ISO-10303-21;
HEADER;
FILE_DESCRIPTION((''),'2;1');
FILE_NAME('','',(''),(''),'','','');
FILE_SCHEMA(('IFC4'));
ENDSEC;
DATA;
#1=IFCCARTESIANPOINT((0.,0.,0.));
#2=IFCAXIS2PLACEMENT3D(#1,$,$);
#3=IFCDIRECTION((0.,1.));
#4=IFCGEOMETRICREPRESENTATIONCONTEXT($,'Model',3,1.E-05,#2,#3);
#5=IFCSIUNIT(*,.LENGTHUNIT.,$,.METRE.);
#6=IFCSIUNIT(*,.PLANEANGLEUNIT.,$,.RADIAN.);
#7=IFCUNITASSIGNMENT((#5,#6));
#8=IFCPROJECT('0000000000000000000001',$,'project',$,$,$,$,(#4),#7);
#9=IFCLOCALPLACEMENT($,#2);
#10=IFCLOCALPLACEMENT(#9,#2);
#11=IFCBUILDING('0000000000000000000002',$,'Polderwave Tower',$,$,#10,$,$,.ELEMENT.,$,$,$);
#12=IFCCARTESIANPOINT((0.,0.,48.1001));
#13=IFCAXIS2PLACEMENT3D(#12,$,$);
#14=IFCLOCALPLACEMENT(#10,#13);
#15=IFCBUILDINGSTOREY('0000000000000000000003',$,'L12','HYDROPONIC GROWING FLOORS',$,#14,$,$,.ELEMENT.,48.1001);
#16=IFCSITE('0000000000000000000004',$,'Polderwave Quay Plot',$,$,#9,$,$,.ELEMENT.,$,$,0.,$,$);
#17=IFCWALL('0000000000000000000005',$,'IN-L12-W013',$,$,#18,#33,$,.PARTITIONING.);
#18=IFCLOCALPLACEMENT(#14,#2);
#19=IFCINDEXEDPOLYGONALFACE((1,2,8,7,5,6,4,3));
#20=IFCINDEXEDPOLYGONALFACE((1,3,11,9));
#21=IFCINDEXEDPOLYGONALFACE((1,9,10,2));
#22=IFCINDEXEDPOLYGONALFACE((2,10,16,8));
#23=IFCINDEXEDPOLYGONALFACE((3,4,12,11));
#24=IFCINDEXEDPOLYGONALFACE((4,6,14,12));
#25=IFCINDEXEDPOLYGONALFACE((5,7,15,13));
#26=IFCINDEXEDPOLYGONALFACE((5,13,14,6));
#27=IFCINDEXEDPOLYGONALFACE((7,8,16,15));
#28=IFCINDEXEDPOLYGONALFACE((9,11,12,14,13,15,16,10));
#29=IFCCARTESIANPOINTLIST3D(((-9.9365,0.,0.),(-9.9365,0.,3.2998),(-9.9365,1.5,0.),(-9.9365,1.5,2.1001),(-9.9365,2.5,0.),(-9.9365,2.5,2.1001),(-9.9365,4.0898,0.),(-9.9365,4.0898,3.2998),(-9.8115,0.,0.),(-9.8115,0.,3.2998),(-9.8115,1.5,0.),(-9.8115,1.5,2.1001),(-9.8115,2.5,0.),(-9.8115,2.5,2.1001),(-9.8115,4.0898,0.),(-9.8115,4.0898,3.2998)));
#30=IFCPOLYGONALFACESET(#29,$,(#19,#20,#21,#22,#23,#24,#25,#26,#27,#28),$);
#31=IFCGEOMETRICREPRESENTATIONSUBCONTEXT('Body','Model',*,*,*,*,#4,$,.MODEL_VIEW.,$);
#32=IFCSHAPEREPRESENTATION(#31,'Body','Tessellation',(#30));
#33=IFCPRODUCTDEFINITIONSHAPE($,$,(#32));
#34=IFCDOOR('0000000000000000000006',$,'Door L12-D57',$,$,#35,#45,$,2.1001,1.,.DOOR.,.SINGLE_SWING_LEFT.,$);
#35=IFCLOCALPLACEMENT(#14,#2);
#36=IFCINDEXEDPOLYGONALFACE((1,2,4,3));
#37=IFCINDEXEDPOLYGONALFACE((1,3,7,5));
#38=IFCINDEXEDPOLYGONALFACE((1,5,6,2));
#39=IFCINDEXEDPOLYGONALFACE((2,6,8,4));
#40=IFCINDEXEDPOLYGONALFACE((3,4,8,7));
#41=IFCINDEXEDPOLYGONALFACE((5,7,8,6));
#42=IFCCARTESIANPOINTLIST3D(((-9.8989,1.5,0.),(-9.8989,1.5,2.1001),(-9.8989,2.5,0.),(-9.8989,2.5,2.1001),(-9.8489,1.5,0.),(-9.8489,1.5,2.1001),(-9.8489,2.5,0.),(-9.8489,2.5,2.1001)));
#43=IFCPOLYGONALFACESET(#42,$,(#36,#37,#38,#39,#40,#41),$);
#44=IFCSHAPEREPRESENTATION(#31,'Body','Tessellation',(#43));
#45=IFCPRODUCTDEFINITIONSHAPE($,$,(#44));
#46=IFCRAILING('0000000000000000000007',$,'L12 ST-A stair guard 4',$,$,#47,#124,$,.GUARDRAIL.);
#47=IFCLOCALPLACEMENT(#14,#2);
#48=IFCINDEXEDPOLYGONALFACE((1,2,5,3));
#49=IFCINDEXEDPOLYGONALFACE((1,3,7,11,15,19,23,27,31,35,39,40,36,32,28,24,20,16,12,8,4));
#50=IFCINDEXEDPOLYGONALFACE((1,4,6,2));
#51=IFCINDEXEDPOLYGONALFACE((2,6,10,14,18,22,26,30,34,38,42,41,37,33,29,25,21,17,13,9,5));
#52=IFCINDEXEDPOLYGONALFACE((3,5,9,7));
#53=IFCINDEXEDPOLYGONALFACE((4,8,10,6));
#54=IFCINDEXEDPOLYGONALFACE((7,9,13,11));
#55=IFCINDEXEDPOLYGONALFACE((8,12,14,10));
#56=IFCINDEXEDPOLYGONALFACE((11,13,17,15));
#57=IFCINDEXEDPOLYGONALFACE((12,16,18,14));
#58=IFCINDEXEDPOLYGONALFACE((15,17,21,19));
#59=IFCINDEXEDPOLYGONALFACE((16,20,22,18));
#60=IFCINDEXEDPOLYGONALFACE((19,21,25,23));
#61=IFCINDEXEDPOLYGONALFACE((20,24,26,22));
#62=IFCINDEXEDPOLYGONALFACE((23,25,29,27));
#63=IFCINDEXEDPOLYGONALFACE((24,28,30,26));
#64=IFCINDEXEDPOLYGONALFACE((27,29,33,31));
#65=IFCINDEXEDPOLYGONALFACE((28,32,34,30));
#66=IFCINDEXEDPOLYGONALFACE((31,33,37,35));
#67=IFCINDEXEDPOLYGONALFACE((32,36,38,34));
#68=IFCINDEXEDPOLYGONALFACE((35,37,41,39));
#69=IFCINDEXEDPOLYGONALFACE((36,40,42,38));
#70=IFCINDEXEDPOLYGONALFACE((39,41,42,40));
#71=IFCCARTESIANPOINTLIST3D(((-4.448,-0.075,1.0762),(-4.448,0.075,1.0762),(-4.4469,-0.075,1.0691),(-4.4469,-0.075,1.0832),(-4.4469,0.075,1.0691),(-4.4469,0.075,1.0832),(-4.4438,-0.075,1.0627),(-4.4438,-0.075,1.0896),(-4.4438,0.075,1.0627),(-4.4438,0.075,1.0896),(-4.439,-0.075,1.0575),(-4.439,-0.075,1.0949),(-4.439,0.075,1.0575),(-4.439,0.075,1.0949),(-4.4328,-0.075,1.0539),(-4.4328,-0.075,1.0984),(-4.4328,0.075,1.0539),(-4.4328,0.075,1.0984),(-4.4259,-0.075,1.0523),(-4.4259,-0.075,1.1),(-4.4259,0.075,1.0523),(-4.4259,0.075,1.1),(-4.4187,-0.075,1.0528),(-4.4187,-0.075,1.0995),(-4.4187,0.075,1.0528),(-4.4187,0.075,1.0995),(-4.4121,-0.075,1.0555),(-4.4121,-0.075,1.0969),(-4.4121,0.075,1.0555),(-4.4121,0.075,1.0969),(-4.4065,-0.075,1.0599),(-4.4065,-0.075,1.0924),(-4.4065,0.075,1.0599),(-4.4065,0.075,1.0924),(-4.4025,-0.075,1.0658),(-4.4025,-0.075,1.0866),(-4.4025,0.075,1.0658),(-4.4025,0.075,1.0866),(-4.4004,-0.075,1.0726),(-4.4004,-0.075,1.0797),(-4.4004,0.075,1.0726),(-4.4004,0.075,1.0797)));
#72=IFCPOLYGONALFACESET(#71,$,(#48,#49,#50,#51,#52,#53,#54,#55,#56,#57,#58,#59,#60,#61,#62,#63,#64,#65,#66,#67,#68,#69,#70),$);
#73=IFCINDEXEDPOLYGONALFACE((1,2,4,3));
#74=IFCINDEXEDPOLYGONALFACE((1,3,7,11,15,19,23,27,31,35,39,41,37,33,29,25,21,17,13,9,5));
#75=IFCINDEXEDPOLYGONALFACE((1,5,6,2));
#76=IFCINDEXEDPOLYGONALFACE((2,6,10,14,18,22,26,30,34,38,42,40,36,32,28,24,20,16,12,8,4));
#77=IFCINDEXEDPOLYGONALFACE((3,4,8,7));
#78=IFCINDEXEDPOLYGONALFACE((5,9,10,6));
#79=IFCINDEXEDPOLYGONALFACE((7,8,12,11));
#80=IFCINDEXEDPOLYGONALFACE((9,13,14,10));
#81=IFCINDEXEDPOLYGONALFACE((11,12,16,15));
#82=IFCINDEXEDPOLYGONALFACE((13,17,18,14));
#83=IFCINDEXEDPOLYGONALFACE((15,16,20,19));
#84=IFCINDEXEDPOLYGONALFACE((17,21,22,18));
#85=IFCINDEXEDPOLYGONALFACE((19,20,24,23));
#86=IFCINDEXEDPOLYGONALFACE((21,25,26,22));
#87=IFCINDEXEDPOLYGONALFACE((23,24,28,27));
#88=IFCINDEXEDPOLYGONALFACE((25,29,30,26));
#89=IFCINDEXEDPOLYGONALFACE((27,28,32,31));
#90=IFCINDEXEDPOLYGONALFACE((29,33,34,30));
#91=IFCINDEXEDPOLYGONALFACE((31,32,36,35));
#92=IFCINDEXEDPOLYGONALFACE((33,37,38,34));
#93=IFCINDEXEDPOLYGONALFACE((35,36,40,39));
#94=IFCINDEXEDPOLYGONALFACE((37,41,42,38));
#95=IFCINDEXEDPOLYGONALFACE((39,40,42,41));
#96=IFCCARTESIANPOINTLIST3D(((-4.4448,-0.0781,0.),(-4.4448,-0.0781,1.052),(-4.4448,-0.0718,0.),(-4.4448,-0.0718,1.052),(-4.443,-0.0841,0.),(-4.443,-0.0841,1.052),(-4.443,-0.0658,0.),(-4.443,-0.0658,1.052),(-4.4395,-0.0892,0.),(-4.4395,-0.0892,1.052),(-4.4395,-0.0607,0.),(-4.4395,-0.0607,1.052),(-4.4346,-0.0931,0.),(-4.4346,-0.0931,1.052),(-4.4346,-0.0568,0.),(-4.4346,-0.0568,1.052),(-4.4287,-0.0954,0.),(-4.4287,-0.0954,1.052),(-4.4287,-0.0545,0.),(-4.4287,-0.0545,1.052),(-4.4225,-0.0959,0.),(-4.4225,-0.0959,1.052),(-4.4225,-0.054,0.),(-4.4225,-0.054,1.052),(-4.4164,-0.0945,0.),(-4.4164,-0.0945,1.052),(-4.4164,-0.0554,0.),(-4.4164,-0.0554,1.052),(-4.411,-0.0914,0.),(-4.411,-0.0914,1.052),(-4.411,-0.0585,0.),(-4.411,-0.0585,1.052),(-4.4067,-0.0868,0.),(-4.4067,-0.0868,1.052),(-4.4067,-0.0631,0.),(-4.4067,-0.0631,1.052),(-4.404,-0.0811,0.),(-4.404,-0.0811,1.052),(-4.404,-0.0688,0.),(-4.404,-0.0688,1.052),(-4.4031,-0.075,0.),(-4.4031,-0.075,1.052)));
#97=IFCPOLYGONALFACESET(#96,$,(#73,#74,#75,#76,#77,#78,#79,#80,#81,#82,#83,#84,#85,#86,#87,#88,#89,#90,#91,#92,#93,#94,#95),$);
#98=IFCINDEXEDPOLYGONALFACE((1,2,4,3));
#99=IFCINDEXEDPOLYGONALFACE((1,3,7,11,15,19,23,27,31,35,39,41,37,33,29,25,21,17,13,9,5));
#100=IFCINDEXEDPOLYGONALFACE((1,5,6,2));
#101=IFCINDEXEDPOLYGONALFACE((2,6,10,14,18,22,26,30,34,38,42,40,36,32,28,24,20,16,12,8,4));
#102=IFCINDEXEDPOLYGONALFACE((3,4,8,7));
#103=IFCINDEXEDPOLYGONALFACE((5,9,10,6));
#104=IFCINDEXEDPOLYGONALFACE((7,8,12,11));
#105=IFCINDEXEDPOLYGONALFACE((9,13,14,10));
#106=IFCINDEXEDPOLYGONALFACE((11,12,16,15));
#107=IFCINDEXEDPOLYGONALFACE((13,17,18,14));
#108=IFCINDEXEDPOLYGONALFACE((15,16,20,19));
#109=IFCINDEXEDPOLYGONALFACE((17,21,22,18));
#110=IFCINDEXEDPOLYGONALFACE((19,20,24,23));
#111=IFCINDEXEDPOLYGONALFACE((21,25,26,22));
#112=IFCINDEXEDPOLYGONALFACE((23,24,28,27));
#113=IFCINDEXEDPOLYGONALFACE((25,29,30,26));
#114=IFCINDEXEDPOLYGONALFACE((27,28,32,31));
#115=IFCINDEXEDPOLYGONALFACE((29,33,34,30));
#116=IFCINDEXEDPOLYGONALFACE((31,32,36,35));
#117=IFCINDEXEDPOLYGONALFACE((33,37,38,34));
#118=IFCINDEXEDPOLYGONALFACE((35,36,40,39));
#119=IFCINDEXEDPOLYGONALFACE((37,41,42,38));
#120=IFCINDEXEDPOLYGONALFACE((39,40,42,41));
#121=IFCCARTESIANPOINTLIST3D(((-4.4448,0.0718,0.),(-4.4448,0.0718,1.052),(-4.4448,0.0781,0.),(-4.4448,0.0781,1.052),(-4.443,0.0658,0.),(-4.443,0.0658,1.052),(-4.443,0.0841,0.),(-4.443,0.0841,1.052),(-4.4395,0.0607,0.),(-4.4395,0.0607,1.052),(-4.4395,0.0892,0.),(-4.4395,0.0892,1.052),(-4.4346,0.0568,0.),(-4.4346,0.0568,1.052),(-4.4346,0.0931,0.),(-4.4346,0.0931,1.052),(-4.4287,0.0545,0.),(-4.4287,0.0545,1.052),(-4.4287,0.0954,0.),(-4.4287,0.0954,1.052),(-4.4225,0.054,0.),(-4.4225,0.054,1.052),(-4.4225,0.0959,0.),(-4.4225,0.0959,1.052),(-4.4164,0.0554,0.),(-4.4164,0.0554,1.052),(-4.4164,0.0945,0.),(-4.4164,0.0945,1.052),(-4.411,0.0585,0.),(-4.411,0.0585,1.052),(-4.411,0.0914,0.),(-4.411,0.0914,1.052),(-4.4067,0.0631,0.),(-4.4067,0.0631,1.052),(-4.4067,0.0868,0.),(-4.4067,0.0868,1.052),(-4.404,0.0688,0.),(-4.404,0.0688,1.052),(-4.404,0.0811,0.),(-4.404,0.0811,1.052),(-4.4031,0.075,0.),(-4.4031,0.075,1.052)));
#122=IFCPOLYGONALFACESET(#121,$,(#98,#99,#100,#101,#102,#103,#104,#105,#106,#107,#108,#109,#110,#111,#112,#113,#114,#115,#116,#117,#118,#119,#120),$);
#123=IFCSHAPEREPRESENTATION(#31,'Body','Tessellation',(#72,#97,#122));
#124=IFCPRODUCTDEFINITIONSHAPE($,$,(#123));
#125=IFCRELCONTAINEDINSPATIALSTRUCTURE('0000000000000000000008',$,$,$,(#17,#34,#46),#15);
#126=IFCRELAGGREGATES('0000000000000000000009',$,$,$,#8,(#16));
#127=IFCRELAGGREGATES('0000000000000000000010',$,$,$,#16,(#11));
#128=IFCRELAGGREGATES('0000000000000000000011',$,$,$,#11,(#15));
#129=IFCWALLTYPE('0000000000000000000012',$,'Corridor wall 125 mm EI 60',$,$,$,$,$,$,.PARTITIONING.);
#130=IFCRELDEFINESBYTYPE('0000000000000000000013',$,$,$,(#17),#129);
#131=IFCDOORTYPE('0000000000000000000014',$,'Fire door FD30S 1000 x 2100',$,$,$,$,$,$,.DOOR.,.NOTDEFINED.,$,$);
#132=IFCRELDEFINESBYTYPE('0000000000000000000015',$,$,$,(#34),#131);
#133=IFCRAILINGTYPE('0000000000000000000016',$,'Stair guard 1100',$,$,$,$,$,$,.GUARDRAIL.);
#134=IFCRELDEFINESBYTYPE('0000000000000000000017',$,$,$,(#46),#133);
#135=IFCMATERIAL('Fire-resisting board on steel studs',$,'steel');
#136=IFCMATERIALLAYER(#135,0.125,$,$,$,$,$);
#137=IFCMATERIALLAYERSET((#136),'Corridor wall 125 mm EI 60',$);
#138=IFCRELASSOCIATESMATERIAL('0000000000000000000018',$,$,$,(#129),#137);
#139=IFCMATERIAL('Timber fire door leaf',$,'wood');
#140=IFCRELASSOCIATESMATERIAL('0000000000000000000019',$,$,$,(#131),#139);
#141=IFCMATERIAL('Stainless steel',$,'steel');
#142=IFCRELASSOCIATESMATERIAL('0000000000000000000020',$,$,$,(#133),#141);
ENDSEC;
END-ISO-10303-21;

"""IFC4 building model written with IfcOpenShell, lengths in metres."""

from ifc_helpers import new_model, si_unit, direction, frame, frame_2d, origin, origin_2d, place, context, subcontext, project, spatial, rectangle, circle, extrude, material, layer, layer_set, type_object, element, fill, save


model = new_model("IFC4")

# Units and contexts
model_context = context("Model", 3, precision=1e-05, world=origin(), true_north=direction((0.0, 1.0)))
body_context = subcontext(model_context, "Body", "Model", "MODEL_VIEW")
ifc_project = project(units=[si_unit("LENGTHUNIT", "METRE"), si_unit("PLANEANGLEUNIT", "RADIAN")], contexts=[model_context])

# Site, building, storey
site_placement = place(None, origin())
site = spatial("IfcSite", under=ifc_project, at=site_placement, Name="Polderwave Quay Plot", CompositionType="ELEMENT", RefElevation=0.0)
building_placement = place(site_placement, origin())
building = spatial("IfcBuilding", under=site, at=building_placement, Name="Polderwave Tower", CompositionType="ELEMENT")
storey_placement = place(building_placement, frame((0.0, 0.0, 48.1001)))
storey = spatial("IfcBuildingStorey", under=building, at=storey_placement, Name="L12", Description="HYDROPONIC GROWING FLOORS", CompositionType="ELEMENT", Elevation=48.1001)

# Shared definitions
ifc_material_1 = material(Name="Stainless steel", Category="steel")

# Wall, opening, door
ifc_material_2 = material(Name="Fire-resisting board on steel studs", Category="steel")
ifc_layer_1 = layer(ifc_material_2, 0.125)
ifc_layer_set_1 = layer_set([ifc_layer_1], Name="Corridor wall 125 mm EI 60")
wall_type_1 = type_object("IfcWallType", Name="Corridor wall 125 mm EI 60", PredefinedType="PARTITIONING", material=ifc_layer_set_1)
wall_1_placement = place(storey_placement, frame((-9.874, 0.0, 0.0), z_axis=(0.0, 0.0, 1.0), x_axis=(0.0, 1.0, 0.0)))
wall_1 = element("IfcWall", 1, at=wall_1_placement, inside=storey, type_object=wall_type_1, Name="IN-L12-W013", PredefinedType="PARTITIONING", context=body_context, shape_type="SweptSolid", body=[
    extrude(rectangle(XDim=4.0898, YDim=0.125, at=frame_2d((2.0449, 0.0))), origin(), (0.0, 0.0, 1.0), 3.2998),
])
opening_1_placement = place(wall_1_placement, frame((1.5, 0.0, 0.0)))
opening_1 = element("IfcOpeningElement", 2, at=opening_1_placement, cuts=wall_1, PredefinedType="OPENING", context=body_context, shape_type="SweptSolid", body=[
    extrude(rectangle(XDim=1.0, YDim=2.1001, at=frame_2d((0.5, 1.05))), frame((0.0, 0.0725, 0.0), z_axis=(0.0, -1.0, 0.0), x_axis=(1.0, 0.0, 0.0)), (0.0, 0.0, 1.0), 0.145),
])
ifc_material_3 = material(Name="Timber fire door leaf", Category="wood")
door_type_1 = type_object("IfcDoorType", Name="Fire door FD30S 1000 x 2100", OperationType="NOTDEFINED", PredefinedType="DOOR", material=ifc_material_3)
door_1_placement = place(opening_1_placement, origin())
door_1 = element("IfcDoor", 3, at=door_1_placement, inside=storey, type_object=door_type_1, Name="Door L12-D57", OperationType="SINGLE_SWING_LEFT", OverallHeight=2.1001, OverallWidth=1.0, PredefinedType="DOOR", context=body_context, shape_type="SweptSolid", body=[
    extrude(rectangle(XDim=1.0, YDim=2.1001, at=frame_2d((0.5, 1.05))), frame((0.0, 0.0249, 0.0), z_axis=(0.0, -1.0, 0.0), x_axis=(1.0, 0.0, 0.0)), (0.0, 0.0, 1.0), 0.05),
])
fill(opening_1, door_1)

# Railing
railing_type_1 = type_object("IfcRailingType", Name="Stair guard 1100", PredefinedType="GUARDRAIL", material=ifc_material_1)
railing_1_placement = place(storey_placement, frame((-4.4241, -0.075, 0.0)))
element("IfcRailing", 4, at=railing_1_placement, inside=storey, type_object=railing_type_1, Name="L12 ST-A stair guard 4", PredefinedType="GUARDRAIL", context=body_context, shape_type="SweptSolid", body=[
    extrude(circle(Radius=0.0239, at=origin_2d()), frame((0.0, 0.0, 1.0762), z_axis=(0.0, 1.0, 0.0), x_axis=(-1.0, 0.0, 0.0)), (0.0, 0.0, 1.0), 0.1499),
    extrude(circle(Radius=0.021, at=origin_2d()), origin(), (0.0, 0.0, 1.0), 1.052),
    extrude(circle(Radius=0.021, at=origin_2d()), frame((0.0, 0.1499, 0.0)), (0.0, 0.0, 1.0), 1.052),
])

save(model, "model.ifc")
